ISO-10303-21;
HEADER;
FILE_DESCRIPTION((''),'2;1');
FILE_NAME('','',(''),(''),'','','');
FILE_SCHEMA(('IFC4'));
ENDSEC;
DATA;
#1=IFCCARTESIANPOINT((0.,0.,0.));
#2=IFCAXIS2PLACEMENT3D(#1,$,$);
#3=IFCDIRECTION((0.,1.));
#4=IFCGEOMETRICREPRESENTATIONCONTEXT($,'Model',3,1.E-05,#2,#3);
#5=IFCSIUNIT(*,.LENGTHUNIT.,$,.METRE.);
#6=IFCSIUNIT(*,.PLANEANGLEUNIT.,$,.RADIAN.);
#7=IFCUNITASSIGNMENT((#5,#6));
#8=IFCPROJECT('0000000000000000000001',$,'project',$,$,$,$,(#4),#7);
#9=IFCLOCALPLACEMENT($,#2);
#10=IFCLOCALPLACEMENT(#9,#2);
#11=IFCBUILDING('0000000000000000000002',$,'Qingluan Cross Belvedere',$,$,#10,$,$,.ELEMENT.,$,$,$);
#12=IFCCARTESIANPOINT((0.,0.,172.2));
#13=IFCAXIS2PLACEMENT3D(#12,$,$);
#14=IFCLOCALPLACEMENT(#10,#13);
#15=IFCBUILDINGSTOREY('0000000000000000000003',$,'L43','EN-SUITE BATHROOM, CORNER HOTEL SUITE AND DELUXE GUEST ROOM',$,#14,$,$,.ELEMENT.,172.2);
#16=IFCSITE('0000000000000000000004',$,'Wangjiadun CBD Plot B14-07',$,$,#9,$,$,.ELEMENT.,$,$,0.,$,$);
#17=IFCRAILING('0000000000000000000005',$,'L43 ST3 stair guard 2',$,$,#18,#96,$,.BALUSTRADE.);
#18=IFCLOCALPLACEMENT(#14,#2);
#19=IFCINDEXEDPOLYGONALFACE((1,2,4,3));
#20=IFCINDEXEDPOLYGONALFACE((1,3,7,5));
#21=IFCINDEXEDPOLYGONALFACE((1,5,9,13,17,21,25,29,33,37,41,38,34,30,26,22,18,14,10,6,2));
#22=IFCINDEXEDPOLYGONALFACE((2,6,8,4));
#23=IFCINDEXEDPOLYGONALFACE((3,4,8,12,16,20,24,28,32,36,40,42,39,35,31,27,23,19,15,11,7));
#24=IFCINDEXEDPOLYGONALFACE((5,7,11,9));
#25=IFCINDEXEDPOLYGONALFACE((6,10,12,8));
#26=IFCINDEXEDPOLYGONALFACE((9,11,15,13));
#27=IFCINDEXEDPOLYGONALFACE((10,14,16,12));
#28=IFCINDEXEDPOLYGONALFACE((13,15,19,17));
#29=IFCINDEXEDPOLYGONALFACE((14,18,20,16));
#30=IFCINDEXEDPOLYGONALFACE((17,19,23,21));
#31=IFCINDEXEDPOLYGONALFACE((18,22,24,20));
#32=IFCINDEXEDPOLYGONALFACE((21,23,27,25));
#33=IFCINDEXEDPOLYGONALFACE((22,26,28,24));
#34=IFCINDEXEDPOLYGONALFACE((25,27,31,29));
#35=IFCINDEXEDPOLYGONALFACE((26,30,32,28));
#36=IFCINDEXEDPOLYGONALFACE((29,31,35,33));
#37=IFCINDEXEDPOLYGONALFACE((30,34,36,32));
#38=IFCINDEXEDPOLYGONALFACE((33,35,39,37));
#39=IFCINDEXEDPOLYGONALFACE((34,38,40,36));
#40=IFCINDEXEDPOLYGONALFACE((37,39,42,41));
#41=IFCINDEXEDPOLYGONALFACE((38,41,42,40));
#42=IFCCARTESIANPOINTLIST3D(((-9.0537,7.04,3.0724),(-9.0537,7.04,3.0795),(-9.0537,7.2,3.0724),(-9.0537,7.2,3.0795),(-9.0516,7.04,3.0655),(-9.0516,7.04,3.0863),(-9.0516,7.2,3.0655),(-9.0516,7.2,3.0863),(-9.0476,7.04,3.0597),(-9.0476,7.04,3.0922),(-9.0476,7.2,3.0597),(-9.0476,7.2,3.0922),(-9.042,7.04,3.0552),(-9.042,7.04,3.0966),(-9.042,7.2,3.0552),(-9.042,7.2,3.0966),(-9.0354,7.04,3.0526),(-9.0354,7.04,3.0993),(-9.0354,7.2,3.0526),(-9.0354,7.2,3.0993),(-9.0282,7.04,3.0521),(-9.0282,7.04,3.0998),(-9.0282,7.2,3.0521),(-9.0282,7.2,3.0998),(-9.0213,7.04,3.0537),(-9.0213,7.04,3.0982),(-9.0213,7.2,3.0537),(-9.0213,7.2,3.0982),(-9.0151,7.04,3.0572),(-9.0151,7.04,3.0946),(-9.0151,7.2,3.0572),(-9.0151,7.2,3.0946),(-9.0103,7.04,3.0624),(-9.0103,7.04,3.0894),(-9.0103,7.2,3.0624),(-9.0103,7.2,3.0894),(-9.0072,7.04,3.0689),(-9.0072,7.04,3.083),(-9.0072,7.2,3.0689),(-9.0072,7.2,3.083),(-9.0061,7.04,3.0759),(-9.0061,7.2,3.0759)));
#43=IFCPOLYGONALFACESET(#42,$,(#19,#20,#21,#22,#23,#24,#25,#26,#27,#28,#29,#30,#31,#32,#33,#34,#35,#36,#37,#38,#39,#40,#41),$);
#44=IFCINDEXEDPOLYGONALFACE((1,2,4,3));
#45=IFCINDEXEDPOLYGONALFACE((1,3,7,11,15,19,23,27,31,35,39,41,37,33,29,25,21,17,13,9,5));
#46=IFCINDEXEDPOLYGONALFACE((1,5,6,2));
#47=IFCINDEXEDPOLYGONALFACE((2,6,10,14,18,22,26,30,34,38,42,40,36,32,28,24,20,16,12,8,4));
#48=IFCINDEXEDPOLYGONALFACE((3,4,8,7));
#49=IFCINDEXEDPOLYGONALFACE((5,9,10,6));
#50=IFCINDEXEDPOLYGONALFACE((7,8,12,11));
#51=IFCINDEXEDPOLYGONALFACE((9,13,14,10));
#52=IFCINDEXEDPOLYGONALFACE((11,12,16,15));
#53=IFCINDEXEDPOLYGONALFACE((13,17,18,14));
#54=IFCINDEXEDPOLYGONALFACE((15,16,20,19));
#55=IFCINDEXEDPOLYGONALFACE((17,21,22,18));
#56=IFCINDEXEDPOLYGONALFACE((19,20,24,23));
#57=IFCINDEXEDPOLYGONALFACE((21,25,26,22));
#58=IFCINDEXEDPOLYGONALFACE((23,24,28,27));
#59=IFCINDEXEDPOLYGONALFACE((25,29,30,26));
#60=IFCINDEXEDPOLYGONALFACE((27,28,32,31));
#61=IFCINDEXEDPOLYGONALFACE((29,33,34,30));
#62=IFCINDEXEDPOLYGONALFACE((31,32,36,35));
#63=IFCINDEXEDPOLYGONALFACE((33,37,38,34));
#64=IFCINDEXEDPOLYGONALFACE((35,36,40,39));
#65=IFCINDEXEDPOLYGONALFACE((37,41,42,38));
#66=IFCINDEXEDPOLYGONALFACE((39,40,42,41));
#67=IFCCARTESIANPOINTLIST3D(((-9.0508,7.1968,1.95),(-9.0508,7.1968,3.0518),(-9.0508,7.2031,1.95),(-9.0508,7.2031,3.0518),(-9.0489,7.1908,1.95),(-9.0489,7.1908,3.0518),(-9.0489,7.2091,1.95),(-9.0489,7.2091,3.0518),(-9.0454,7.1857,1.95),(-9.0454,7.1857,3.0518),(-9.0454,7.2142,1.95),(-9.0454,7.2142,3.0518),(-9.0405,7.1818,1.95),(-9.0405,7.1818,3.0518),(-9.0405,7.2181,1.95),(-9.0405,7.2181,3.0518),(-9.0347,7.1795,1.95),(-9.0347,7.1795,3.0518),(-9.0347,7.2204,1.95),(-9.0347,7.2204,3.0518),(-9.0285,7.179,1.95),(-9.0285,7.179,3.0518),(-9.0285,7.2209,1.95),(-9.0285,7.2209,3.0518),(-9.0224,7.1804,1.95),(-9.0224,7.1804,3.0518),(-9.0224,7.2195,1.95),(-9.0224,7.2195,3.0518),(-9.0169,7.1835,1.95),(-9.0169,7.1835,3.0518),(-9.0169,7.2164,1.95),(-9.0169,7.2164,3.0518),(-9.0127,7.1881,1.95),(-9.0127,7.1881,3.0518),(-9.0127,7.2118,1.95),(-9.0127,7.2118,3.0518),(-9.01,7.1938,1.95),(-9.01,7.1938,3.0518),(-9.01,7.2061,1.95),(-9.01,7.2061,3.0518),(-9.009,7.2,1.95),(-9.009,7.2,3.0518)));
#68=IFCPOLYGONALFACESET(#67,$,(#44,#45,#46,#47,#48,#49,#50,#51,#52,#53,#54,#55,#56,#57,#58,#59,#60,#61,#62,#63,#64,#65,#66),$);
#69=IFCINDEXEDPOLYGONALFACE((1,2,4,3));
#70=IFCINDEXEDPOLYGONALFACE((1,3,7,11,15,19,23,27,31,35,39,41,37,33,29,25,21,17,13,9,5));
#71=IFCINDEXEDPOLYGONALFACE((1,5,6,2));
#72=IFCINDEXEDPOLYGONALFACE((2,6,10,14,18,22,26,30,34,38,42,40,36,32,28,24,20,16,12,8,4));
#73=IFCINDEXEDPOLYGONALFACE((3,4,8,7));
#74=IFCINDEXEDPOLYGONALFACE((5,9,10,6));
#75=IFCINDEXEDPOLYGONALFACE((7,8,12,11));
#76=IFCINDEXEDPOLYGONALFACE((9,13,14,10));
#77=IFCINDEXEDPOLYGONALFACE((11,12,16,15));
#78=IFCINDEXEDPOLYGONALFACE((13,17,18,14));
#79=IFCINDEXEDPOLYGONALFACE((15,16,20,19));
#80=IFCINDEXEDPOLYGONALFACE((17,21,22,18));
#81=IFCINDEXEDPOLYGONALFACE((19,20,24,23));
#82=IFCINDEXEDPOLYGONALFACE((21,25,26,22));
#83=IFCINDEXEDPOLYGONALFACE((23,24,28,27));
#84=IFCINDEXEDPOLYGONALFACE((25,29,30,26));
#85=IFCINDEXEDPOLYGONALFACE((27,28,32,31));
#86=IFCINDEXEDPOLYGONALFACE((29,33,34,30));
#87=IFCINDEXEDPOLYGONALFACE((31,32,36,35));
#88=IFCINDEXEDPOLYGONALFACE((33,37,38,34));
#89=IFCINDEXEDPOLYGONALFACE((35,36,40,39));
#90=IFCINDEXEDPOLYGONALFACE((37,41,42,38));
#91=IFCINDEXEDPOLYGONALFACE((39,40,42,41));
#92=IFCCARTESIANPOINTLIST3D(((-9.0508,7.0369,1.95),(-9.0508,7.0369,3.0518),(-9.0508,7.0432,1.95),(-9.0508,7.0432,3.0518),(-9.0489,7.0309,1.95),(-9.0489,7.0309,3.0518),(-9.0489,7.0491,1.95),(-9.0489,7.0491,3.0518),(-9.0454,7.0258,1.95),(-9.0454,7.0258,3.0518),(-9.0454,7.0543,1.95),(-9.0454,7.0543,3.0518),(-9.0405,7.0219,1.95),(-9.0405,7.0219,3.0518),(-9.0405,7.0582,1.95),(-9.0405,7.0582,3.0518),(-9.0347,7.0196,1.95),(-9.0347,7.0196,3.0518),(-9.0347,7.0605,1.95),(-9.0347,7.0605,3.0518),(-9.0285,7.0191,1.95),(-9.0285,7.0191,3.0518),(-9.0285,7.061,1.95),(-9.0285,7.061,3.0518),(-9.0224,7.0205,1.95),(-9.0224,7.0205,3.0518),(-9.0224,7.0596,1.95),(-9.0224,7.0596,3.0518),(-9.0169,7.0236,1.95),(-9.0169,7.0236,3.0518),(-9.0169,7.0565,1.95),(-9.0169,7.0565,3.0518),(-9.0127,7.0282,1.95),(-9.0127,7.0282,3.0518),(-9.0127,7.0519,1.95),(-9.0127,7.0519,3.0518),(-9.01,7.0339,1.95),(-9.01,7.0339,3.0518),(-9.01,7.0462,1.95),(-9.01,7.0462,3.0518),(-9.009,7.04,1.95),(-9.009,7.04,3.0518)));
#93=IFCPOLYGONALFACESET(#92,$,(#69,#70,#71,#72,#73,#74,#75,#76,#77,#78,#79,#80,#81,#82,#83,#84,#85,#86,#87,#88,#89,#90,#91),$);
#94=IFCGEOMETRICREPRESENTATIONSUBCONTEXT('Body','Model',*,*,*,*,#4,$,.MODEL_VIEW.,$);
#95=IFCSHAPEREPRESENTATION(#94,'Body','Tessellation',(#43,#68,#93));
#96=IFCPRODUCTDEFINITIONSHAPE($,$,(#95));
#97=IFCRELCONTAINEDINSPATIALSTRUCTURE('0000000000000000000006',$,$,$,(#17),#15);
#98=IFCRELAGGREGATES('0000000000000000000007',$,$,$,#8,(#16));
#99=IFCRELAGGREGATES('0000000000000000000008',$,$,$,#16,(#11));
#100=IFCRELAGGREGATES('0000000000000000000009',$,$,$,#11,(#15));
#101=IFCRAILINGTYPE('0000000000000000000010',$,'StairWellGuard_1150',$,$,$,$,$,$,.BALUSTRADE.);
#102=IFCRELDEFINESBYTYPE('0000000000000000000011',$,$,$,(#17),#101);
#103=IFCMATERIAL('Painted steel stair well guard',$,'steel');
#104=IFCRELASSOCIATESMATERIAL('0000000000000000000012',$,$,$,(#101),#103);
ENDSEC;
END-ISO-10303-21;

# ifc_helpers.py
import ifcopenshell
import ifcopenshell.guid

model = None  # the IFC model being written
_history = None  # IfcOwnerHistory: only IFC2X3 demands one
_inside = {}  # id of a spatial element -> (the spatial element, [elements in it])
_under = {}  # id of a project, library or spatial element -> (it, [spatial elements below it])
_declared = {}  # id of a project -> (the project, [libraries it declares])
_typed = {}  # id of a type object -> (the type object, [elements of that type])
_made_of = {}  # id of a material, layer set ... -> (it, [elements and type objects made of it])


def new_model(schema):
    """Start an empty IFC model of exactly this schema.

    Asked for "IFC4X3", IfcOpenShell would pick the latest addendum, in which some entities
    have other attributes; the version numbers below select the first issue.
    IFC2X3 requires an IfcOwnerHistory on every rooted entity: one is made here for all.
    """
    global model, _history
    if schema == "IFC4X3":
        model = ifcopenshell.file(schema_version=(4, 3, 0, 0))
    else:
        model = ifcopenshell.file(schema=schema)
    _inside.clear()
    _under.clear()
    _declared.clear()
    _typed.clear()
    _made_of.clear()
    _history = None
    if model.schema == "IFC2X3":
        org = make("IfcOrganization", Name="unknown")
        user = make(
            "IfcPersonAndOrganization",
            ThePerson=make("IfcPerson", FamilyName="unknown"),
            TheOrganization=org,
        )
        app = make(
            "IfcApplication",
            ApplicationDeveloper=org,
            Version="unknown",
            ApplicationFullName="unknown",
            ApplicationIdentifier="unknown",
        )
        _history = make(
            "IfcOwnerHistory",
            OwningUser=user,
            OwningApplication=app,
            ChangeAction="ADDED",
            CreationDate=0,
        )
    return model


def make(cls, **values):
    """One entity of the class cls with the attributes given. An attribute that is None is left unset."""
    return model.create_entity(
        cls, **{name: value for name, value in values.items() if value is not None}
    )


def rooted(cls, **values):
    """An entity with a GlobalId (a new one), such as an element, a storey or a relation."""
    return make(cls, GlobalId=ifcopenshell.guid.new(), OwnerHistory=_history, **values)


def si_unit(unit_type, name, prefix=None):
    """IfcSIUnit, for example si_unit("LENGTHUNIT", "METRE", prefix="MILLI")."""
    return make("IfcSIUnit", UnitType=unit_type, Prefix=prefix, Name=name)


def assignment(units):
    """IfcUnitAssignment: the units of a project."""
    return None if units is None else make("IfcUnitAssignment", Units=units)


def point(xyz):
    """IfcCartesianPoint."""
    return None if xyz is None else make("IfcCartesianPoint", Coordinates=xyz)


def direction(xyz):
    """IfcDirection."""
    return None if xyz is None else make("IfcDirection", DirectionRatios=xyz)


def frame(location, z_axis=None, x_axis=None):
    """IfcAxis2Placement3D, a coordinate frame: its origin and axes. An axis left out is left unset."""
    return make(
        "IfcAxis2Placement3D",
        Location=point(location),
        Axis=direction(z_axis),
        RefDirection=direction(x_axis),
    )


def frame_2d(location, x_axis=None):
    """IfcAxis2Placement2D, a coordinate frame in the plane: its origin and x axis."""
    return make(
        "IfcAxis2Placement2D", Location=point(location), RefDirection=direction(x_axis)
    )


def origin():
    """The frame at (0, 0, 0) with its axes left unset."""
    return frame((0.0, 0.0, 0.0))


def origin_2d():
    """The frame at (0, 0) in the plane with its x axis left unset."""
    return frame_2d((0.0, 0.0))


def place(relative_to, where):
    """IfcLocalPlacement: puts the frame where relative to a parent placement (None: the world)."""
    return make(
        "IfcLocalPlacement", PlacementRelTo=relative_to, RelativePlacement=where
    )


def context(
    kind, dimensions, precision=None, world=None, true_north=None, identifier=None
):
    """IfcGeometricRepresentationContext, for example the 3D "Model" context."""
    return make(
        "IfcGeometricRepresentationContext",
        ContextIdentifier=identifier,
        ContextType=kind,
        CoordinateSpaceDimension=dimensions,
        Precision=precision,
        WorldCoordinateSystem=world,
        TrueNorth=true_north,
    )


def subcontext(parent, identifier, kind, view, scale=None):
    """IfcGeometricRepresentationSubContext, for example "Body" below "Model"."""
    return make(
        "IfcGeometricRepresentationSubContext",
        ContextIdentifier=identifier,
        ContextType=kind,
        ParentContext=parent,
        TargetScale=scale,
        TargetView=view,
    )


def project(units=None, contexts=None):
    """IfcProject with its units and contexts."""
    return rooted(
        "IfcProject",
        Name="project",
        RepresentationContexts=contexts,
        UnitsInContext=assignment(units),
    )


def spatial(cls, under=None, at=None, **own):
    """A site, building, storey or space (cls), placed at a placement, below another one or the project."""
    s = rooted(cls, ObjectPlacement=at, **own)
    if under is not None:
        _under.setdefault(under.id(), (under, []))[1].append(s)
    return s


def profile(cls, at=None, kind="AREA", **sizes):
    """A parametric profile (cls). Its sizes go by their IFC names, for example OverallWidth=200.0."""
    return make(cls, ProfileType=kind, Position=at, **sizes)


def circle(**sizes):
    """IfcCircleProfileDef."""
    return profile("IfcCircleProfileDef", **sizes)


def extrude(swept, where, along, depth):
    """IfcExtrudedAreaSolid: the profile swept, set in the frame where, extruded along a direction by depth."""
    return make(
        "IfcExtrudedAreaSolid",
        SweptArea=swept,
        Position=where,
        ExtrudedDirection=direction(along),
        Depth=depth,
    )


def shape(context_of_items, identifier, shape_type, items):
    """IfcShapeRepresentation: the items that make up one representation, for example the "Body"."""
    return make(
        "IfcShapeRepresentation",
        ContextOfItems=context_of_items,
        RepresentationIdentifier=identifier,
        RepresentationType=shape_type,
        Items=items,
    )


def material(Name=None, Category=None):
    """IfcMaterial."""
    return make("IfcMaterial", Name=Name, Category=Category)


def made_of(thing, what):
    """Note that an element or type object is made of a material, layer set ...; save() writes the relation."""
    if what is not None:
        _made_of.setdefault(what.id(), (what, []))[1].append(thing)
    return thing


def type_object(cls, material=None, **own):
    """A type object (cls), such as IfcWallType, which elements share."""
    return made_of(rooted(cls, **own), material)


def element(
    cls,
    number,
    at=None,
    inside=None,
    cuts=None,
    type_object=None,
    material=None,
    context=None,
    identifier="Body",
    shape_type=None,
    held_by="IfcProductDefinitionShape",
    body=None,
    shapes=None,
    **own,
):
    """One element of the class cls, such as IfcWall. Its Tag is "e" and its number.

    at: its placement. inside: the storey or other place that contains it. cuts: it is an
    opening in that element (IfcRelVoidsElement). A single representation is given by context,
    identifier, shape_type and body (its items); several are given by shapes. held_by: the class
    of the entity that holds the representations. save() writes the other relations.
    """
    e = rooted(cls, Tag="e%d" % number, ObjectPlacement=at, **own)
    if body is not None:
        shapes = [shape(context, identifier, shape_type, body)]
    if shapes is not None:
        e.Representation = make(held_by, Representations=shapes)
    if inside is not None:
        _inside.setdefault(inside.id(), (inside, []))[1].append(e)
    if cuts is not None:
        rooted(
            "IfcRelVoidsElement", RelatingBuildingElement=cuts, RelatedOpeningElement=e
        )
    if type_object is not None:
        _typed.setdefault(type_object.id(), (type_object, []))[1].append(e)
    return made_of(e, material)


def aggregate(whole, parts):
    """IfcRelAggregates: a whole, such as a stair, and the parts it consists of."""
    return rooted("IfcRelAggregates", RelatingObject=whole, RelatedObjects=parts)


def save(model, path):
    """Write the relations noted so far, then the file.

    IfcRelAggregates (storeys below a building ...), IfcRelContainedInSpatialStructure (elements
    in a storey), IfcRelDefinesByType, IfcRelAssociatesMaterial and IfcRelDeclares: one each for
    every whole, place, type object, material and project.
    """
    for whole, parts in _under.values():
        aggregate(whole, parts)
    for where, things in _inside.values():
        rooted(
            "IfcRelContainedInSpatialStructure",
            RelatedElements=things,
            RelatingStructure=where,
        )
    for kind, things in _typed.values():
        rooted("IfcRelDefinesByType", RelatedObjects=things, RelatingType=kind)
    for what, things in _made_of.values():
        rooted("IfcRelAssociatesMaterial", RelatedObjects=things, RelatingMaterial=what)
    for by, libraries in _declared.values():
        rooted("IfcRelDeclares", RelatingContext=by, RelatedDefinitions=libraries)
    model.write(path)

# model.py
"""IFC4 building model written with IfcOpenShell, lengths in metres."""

from ifc_helpers import new_model, si_unit, direction, frame, origin, origin_2d, place, context, subcontext, project, spatial, circle, extrude, material, type_object, element, save


model = new_model("IFC4")

# Units and contexts
model_context = context("Model", 3, precision=1e-05, world=origin(), true_north=direction((0.0, 1.0)))
body_context = subcontext(model_context, "Body", "Model", "MODEL_VIEW")
ifc_project = project(units=[si_unit("LENGTHUNIT", "METRE"), si_unit("PLANEANGLEUNIT", "RADIAN")], contexts=[model_context])

# Site, building, storey
site_placement = place(None, origin())
site = spatial("IfcSite", under=ifc_project, at=site_placement, Name="Wangjiadun CBD Plot B14-07", CompositionType="ELEMENT", RefElevation=0.0)
building_placement = place(site_placement, origin())
building = spatial("IfcBuilding", under=site, at=building_placement, Name="Qingluan Cross Belvedere", CompositionType="ELEMENT")
storey_placement = place(building_placement, frame((0.0, 0.0, 172.2)))
storey = spatial("IfcBuildingStorey", under=building, at=storey_placement, Name="L43", Description="EN-SUITE BATHROOM, CORNER HOTEL SUITE AND DELUXE GUEST ROOM", CompositionType="ELEMENT", Elevation=172.2)

# Railing
ifc_material_1 = material(Name="Painted steel stair well guard", Category="steel")
railing_type_1 = type_object("IfcRailingType", Name="StairWellGuard_1150", PredefinedType="BALUSTRADE", material=ifc_material_1)
railing_1_placement = place(storey_placement, frame((-9.03, 7.2, 1.95)))
element("IfcRailing", 1, at=railing_1_placement, inside=storey, type_object=railing_type_1, Name="L43 ST3 stair guard 2", PredefinedType="BALUSTRADE", context=body_context, shape_type="SweptSolid", body=[
    extrude(circle(Radius=0.0239, at=origin_2d()), frame((0.0, 0.0, 1.126), z_axis=(0.0, -1.0, 0.0), x_axis=(1.0, 0.0, 0.0)), (0.0, 0.0, 1.0), 0.1599),
    extrude(circle(Radius=0.021, at=origin_2d()), origin(), (0.0, 0.0, 1.0), 1.1018),
    extrude(circle(Radius=0.021, at=origin_2d()), frame((0.0, -0.1599, 0.0)), (0.0, 0.0, 1.0), 1.1018),
])

save(model, "model.ifc")
